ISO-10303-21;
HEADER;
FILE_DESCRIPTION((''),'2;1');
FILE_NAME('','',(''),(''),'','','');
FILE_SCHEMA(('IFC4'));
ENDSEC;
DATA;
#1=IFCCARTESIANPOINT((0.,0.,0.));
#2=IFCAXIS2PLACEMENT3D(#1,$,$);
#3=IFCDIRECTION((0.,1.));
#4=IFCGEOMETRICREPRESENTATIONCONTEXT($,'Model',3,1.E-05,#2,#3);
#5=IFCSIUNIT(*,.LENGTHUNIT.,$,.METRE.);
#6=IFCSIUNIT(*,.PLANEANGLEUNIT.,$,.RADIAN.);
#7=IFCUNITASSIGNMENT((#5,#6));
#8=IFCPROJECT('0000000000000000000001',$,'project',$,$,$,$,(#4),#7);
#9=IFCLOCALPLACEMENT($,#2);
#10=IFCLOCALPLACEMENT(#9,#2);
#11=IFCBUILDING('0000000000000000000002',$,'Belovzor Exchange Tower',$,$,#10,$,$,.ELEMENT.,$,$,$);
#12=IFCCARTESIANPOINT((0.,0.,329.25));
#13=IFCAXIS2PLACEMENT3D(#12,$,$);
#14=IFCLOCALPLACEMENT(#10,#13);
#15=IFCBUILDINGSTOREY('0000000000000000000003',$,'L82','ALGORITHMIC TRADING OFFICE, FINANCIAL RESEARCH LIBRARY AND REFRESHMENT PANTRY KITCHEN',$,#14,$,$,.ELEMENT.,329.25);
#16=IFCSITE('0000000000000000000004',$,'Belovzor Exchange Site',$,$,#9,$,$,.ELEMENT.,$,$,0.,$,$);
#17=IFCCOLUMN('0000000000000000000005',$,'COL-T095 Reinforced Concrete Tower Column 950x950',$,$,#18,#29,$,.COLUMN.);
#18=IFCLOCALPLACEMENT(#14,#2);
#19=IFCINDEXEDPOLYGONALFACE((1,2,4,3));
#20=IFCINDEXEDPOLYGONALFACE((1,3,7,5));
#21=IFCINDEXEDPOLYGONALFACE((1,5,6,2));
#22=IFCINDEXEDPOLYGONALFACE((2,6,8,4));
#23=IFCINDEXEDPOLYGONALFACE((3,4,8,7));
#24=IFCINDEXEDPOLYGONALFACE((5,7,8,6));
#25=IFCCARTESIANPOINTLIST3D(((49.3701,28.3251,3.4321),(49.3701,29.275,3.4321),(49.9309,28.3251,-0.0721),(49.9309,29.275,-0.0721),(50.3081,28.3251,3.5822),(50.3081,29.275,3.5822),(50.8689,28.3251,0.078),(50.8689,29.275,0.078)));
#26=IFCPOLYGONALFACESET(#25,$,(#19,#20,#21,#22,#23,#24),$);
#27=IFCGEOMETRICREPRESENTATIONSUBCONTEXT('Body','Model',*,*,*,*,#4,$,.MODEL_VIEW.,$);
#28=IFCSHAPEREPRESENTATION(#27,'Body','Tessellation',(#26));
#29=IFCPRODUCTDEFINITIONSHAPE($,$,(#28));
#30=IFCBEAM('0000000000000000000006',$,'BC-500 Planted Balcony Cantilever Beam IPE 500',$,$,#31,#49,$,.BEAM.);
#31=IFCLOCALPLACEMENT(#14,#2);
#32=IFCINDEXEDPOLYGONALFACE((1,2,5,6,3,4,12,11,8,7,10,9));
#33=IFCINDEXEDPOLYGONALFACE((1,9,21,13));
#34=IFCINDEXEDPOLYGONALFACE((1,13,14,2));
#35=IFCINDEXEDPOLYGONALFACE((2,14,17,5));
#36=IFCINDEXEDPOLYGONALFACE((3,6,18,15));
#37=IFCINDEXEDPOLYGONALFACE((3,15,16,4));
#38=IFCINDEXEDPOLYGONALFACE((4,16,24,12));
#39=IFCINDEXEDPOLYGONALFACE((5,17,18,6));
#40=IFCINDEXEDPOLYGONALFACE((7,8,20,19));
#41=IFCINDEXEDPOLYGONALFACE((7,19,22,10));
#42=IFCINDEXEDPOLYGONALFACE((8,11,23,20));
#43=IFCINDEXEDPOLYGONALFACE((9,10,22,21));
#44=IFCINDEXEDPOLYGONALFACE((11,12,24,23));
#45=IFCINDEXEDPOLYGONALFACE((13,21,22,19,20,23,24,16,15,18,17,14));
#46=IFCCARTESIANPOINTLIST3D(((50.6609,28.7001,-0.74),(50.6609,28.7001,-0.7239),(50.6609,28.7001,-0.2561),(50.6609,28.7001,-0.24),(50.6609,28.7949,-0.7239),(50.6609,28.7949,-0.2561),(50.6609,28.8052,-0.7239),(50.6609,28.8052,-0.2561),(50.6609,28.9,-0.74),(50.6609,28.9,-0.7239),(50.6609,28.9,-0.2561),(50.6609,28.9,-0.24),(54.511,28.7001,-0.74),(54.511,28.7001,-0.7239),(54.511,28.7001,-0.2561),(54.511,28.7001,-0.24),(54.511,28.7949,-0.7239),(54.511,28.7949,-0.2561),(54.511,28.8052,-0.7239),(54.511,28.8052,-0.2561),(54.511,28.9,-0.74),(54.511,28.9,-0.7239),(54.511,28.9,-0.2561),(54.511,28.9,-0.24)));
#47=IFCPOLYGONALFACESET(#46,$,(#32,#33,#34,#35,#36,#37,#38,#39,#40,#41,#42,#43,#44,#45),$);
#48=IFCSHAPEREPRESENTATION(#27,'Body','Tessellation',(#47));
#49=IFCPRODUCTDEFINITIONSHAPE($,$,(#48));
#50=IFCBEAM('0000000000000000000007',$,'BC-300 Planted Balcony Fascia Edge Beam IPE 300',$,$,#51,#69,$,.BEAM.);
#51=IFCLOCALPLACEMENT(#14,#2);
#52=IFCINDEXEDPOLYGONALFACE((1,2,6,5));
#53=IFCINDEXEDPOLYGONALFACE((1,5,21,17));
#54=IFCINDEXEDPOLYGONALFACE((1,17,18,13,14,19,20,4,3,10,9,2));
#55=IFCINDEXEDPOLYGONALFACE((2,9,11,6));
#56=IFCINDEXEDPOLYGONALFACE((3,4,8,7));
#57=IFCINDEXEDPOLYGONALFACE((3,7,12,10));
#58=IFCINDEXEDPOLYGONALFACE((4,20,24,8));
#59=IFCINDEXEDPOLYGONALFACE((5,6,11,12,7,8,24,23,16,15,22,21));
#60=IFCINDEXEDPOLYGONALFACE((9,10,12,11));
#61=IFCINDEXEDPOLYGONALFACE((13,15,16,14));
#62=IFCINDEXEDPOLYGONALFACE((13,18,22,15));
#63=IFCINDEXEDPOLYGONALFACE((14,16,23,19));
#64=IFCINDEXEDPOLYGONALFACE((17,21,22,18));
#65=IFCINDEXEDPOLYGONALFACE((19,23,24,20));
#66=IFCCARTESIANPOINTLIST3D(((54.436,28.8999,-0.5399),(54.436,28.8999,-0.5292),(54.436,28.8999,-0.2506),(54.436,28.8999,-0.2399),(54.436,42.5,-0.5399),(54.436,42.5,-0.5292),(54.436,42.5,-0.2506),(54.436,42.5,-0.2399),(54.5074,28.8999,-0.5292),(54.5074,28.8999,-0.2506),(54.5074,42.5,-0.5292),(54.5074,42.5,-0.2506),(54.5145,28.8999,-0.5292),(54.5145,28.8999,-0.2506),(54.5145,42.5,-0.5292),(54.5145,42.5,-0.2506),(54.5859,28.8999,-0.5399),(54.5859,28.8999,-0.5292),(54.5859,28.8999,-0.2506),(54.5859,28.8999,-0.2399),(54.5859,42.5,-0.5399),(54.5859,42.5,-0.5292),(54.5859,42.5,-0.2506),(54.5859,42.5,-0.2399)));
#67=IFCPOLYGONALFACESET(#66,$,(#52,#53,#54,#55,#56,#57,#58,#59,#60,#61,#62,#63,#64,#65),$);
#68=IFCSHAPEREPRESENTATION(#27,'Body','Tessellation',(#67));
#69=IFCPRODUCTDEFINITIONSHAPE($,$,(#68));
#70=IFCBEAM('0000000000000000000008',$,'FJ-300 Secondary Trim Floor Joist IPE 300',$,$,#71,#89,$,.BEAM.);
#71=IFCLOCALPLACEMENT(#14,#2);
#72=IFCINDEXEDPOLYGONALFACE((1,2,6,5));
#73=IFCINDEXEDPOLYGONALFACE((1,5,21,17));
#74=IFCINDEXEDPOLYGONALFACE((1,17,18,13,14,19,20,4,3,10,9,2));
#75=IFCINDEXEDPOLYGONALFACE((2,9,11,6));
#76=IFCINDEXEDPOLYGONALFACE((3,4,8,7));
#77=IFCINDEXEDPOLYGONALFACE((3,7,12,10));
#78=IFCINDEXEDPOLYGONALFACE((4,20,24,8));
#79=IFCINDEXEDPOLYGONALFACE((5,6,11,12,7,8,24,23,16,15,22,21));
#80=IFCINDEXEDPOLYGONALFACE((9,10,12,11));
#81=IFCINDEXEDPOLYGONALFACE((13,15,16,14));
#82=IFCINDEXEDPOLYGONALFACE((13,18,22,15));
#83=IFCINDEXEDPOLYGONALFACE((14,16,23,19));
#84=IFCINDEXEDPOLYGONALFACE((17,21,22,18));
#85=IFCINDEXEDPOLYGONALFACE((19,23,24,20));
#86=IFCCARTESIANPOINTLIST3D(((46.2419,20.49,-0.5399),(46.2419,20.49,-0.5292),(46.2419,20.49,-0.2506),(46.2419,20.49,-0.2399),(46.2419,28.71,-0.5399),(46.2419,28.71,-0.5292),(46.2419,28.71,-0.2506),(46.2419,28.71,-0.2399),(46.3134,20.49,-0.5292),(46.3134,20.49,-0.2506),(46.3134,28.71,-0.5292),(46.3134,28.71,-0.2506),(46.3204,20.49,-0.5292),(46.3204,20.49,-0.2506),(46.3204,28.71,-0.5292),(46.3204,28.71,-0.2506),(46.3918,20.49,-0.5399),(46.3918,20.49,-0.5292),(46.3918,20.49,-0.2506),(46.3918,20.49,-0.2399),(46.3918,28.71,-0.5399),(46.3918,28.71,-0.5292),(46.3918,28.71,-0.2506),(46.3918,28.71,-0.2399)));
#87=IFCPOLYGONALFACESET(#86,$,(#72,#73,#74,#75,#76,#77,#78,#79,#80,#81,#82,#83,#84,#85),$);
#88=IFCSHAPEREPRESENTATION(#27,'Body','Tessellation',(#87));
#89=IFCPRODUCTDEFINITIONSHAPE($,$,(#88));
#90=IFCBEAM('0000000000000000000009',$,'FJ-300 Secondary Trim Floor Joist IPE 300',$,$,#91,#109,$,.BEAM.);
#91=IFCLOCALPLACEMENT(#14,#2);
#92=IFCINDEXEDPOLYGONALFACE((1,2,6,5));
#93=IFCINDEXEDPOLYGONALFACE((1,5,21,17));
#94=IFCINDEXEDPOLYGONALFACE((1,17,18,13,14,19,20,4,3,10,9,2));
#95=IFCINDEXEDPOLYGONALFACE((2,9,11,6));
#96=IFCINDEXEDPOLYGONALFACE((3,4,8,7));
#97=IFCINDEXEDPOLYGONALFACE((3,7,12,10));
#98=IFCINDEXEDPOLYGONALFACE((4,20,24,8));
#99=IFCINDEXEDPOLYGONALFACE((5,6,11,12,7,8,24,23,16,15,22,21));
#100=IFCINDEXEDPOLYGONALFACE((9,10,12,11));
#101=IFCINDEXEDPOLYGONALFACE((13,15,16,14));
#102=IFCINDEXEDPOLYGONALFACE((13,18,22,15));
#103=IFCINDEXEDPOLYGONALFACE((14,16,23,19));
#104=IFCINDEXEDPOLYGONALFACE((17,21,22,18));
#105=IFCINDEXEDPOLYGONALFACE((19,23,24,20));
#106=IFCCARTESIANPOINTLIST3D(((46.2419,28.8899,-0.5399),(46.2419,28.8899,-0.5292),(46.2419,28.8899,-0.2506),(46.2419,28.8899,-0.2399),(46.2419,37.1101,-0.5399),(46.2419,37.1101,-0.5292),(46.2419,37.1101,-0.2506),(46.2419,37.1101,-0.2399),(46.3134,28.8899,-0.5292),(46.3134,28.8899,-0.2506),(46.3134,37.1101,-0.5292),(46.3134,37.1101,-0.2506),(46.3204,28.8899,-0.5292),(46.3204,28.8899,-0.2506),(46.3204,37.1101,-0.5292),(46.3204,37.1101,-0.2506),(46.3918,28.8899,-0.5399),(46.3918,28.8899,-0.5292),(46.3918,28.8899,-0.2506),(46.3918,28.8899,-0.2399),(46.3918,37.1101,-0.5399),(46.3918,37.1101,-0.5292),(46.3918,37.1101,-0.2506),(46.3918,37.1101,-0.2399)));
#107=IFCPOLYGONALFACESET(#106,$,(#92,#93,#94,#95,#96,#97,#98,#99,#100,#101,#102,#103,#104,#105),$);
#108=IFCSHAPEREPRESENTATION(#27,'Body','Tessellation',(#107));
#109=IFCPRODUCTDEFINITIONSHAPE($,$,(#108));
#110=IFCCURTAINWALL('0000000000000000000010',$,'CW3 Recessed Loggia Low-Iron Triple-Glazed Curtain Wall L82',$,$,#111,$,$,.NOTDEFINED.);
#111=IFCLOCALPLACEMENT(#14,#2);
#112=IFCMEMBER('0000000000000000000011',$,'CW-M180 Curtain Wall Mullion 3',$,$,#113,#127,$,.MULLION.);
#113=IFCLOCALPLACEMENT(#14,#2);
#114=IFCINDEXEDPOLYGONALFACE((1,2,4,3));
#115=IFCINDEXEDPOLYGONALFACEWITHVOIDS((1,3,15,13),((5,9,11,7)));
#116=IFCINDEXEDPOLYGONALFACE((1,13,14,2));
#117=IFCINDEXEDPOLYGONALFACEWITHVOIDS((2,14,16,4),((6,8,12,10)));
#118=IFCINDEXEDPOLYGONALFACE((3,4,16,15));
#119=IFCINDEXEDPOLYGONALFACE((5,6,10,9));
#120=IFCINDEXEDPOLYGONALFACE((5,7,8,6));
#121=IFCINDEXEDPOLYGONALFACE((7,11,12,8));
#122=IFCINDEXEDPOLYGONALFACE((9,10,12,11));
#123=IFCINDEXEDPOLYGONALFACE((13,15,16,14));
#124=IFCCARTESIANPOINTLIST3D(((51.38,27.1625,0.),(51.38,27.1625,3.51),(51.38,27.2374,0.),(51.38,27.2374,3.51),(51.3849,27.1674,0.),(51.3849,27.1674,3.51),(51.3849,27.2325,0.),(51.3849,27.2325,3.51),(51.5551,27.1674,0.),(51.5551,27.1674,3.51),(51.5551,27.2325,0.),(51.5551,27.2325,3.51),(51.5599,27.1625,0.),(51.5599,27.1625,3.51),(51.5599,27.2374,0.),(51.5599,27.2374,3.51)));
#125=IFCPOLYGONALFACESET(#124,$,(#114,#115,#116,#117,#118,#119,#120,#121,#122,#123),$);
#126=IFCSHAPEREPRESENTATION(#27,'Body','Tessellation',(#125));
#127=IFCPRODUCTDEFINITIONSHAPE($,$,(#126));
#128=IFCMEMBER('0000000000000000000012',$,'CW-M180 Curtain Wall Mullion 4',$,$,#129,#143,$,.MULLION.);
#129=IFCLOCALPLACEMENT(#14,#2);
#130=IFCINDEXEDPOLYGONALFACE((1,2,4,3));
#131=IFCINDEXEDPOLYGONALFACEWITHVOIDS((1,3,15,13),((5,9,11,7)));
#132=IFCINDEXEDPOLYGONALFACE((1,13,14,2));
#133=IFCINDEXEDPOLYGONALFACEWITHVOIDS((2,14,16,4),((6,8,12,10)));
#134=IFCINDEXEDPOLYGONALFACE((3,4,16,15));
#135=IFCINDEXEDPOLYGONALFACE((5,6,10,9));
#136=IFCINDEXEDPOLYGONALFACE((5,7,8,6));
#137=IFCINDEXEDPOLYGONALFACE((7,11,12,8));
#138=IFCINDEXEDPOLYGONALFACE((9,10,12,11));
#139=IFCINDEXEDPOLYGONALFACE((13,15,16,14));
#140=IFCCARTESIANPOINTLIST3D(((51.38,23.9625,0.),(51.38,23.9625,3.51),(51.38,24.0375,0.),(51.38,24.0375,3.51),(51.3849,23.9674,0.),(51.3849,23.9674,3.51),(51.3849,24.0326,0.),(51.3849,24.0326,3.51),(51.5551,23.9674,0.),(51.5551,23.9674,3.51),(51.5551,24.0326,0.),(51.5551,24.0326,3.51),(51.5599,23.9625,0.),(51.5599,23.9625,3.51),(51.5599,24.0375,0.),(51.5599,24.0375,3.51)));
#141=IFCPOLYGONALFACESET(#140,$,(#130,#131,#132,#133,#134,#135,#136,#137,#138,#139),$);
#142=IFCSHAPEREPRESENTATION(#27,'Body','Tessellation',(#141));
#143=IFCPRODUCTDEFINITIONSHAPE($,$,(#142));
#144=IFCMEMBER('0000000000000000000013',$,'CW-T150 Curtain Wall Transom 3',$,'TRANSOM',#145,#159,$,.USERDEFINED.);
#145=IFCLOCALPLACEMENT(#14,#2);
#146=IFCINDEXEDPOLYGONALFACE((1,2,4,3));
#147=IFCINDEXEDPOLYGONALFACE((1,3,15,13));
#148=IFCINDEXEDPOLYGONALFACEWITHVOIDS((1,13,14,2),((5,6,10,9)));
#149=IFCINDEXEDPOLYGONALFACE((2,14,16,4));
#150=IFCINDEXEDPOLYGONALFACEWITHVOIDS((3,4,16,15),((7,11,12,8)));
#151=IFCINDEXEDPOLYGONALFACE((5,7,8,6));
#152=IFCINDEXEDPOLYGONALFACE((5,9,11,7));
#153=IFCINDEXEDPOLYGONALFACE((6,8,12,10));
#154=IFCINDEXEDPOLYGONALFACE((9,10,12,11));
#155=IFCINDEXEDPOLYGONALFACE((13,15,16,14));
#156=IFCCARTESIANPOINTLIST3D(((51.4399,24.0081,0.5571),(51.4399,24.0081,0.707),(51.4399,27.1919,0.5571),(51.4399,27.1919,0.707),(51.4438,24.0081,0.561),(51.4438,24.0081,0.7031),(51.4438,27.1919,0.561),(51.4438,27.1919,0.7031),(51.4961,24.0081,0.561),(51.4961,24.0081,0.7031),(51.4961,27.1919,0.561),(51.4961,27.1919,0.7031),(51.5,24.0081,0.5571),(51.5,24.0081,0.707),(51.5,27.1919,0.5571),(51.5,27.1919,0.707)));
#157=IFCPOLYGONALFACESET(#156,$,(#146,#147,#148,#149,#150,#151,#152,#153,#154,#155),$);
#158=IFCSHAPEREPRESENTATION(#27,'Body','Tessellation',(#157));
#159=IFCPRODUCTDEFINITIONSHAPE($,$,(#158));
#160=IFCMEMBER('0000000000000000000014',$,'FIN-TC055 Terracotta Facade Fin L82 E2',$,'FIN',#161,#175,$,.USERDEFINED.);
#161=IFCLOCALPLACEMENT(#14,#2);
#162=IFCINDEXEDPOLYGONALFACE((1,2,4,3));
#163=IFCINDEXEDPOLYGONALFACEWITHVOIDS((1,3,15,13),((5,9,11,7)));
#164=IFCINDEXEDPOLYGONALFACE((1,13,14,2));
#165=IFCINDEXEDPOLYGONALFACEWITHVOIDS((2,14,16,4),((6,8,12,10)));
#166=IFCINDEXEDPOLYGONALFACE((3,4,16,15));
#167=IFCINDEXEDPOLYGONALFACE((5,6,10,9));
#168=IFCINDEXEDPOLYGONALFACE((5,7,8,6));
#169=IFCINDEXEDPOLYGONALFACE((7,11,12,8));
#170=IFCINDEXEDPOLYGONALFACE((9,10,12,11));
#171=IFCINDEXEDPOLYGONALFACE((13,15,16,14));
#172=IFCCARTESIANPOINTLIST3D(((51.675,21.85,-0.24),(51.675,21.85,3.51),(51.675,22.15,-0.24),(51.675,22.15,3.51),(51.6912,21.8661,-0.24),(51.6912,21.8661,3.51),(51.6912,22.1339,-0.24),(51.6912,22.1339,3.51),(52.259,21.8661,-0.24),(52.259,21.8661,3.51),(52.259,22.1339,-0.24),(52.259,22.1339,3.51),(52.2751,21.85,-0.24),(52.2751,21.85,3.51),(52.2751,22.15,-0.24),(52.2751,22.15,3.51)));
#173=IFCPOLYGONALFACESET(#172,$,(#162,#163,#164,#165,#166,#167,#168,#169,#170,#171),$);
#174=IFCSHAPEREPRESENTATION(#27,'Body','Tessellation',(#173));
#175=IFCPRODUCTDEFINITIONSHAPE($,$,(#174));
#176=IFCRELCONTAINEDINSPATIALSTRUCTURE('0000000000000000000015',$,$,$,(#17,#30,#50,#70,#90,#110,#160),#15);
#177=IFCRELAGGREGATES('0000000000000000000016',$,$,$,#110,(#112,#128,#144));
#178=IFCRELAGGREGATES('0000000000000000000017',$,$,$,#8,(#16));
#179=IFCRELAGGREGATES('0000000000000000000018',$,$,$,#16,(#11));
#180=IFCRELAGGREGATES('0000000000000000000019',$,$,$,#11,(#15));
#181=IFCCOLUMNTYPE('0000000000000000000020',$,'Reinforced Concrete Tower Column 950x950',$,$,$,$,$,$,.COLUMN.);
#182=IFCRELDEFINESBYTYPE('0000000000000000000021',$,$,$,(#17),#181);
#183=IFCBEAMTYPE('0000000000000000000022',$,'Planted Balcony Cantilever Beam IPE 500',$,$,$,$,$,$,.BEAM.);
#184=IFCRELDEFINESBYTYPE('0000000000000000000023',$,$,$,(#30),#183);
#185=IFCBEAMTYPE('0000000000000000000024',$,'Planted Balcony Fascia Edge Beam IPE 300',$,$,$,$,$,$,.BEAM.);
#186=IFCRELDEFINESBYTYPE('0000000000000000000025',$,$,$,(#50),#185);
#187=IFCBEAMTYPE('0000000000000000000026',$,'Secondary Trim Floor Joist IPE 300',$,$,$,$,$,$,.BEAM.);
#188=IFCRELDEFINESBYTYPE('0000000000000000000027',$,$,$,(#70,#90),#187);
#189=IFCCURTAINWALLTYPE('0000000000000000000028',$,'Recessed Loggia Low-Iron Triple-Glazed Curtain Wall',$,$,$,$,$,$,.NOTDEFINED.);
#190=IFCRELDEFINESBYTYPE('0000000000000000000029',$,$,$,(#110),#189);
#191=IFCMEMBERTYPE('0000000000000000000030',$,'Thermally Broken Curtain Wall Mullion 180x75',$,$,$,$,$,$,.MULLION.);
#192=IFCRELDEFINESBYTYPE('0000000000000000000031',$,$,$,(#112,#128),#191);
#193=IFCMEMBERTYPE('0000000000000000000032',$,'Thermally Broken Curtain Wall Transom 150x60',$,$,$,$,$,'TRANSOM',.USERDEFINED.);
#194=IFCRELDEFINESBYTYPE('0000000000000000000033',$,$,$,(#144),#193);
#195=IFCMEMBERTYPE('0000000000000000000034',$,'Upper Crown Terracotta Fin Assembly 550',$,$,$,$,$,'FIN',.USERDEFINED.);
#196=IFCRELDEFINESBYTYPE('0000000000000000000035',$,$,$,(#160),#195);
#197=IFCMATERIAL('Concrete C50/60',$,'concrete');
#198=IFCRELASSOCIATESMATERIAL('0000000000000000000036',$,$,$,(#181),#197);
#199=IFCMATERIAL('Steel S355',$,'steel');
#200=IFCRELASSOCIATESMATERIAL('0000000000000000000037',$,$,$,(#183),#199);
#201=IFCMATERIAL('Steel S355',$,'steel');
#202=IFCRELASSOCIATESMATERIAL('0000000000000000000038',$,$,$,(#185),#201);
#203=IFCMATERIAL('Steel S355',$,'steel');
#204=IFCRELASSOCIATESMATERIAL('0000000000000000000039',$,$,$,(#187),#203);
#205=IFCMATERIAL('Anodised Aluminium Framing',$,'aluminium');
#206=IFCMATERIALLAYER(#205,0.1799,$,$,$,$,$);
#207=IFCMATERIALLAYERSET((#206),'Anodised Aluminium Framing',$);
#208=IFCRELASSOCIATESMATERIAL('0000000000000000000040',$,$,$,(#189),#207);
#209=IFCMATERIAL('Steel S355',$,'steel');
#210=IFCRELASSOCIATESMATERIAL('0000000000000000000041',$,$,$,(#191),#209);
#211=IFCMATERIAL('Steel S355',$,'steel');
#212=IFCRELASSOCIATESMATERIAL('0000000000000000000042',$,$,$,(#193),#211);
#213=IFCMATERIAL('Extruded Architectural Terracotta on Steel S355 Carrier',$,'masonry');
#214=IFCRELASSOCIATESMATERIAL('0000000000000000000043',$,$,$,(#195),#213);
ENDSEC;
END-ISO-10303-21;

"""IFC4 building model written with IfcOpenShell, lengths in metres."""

from ifc_helpers import new_model, si_unit, direction, frame, origin, origin_2d, place, context, subcontext, project, spatial, rectangle, hollow_rectangle, i_section, extrude, material, layer, layer_set, material_profile, profile_set, type_object, element, aggregate, save


model = new_model("IFC4")

# Units and contexts
model_context = context("Model", 3, precision=1e-05, world=origin(), true_north=direction((0.0, 1.0)))
body_context = subcontext(model_context, "Body", "Model", "MODEL_VIEW")
ifc_project = project(units=[si_unit("LENGTHUNIT", "METRE"), si_unit("PLANEANGLEUNIT", "RADIAN")], contexts=[model_context])

# Site, building, storey
site_placement = place(None, origin())
site = spatial("IfcSite", under=ifc_project, at=site_placement, Name="Belovzor Exchange Site", CompositionType="ELEMENT", RefElevation=0.0)
building_placement = place(site_placement, origin())
building = spatial("IfcBuilding", under=site, at=building_placement, Name="Belovzor Exchange Tower", CompositionType="ELEMENT")
storey_placement = place(building_placement, frame((0.0, 0.0, 329.25)))
storey = spatial("IfcBuildingStorey", under=building, at=storey_placement, Name="L82", Description="ALGORITHMIC TRADING OFFICE, FINANCIAL RESEARCH LIBRARY AND REFRESHMENT PANTRY KITCHEN", CompositionType="ELEMENT", Elevation=329.25)

# Column
ifc_material_1 = material(Name="Concrete C50/60", Category="concrete")
ifc_material_profile_1 = material_profile(ifc_material_1, rectangle(XDim=0.95, YDim=0.95, at=origin_2d()))
ifc_profile_set_1 = profile_set([ifc_material_profile_1], Name="Concrete C50/60")
column_type = type_object("IfcColumnType", Name="Reinforced Concrete Tower Column 950x950", PredefinedType="COLUMN", material=ifc_profile_set_1)
column_placement = place(storey_placement, frame((50.3999, 28.8, 0.0029), z_axis=(-0.158025, 0.0, 0.987435), x_axis=(0.0, -1.0, 0.0)))
element("IfcColumn", 1, at=column_placement, inside=storey, type_object=column_type, Name="COL-T095 Reinforced Concrete Tower Column 950x950", PredefinedType="COLUMN", context=body_context, shape_type="SweptSolid", body=[
    extrude(rectangle(XDim=0.95, YDim=0.95, at=origin_2d()), origin(), (0.0, 0.0, 1.0), 3.5488),
])

# Beams
ifc_material_2 = material(Name="Steel S355", Category="steel")
ifc_material_profile_2 = material_profile(ifc_material_2, i_section(OverallWidth=0.2, OverallDepth=0.5, WebThickness=0.0103, FlangeThickness=0.0161, at=origin_2d()))
ifc_profile_set_2 = profile_set([ifc_material_profile_2], Name="Steel S355")
beam_type_1 = type_object("IfcBeamType", Name="Planted Balcony Cantilever Beam IPE 500", PredefinedType="BEAM", material=ifc_profile_set_2)
beam_1_placement = place(storey_placement, frame((50.6609, 28.8, -0.49), z_axis=(1.0, 0.0, 0.0), x_axis=(0.0, 1.0, 0.0)))
element("IfcBeam", 2, at=beam_1_placement, inside=storey, type_object=beam_type_1, Name="BC-500 Planted Balcony Cantilever Beam IPE 500", PredefinedType="BEAM", context=body_context, shape_type="SweptSolid", body=[
    extrude(i_section(OverallWidth=0.2, OverallDepth=0.5, WebThickness=0.0103, FlangeThickness=0.0161, at=origin_2d()), origin(), (0.0, 0.0, 1.0), 3.8501),
])
ifc_material_3 = material(Name="Steel S355", Category="steel")
ifc_material_profile_3 = material_profile(ifc_material_3, i_section(OverallWidth=0.1499, OverallDepth=0.3, WebThickness=0.0071, FlangeThickness=0.0107, at=origin_2d()))
ifc_profile_set_3 = profile_set([ifc_material_profile_3], Name="Steel S355")
beam_type_2 = type_object("IfcBeamType", Name="Planted Balcony Fascia Edge Beam IPE 300", PredefinedType="BEAM", material=ifc_profile_set_3)
beam_2_placement = place(storey_placement, frame((54.511, 28.8999, -0.3899), z_axis=(0.0, 1.0, 0.0), x_axis=(-1.0, 0.0, 0.0)))
element("IfcBeam", 3, at=beam_2_placement, inside=storey, type_object=beam_type_2, Name="BC-300 Planted Balcony Fascia Edge Beam IPE 300", PredefinedType="BEAM", context=body_context, shape_type="SweptSolid", body=[
    extrude(i_section(OverallWidth=0.1499, OverallDepth=0.3, WebThickness=0.0071, FlangeThickness=0.0107, at=origin_2d()), origin(), (0.0, 0.0, 1.0), 13.6001),
])
ifc_material_4 = material(Name="Steel S355", Category="steel")
ifc_material_profile_4 = material_profile(ifc_material_4, i_section(OverallWidth=0.1499, OverallDepth=0.3, WebThickness=0.0071, FlangeThickness=0.0107, at=origin_2d()))
ifc_profile_set_4 = profile_set([ifc_material_profile_4], Name="Steel S355")
beam_type_3 = type_object("IfcBeamType", Name="Secondary Trim Floor Joist IPE 300", PredefinedType="BEAM", material=ifc_profile_set_4)
beam_3_placement = place(storey_placement, frame((46.3169, 20.49, -0.3899), z_axis=(0.0, 1.0, 0.0), x_axis=(-1.0, 0.0, 0.0)))
element("IfcBeam", 4, at=beam_3_placement, inside=storey, type_object=beam_type_3, Name="FJ-300 Secondary Trim Floor Joist IPE 300", PredefinedType="BEAM", context=body_context, shape_type="SweptSolid", body=[
    extrude(i_section(OverallWidth=0.1499, OverallDepth=0.3, WebThickness=0.0071, FlangeThickness=0.0107, at=origin_2d()), origin(), (0.0, 0.0, 1.0), 8.22),
])
beam_4_placement = place(storey_placement, frame((46.3169, 28.8899, -0.3899), z_axis=(0.0, 1.0, 0.0), x_axis=(-1.0, 0.0, 0.0)))
element("IfcBeam", 5, at=beam_4_placement, inside=storey, type_object=beam_type_3, Name="FJ-300 Secondary Trim Floor Joist IPE 300", PredefinedType="BEAM", context=body_context, shape_type="SweptSolid", body=[
    extrude(i_section(OverallWidth=0.1499, OverallDepth=0.3, WebThickness=0.0071, FlangeThickness=0.0107, at=origin_2d()), origin(), (0.0, 0.0, 1.0), 8.2202),
])

# Curtain wall, members
ifc_material_5 = material(Name="Anodised Aluminium Framing", Category="aluminium")
ifc_layer_1 = layer(ifc_material_5, 0.1799)
ifc_layer_set_1 = layer_set([ifc_layer_1], Name="Anodised Aluminium Framing")
curtain_wall_type = type_object("IfcCurtainWallType", Name="Recessed Loggia Low-Iron Triple-Glazed Curtain Wall", PredefinedType="NOTDEFINED", material=ifc_layer_set_1)
curtain_wall_placement = place(storey_placement, origin())
curtain_wall = element("IfcCurtainWall", 6, at=curtain_wall_placement, inside=storey, type_object=curtain_wall_type, Name="CW3 Recessed Loggia Low-Iron Triple-Glazed Curtain Wall L82", PredefinedType="NOTDEFINED")
ifc_material_6 = material(Name="Steel S355", Category="steel")
ifc_material_profile_5 = material_profile(ifc_material_6, hollow_rectangle(XDim=0.075, YDim=0.1799, WallThickness=0.0049, at=origin_2d()))
ifc_profile_set_5 = profile_set([ifc_material_profile_5], Name="Steel S355")
member_type_1 = type_object("IfcMemberType", Name="Thermally Broken Curtain Wall Mullion 180x75", PredefinedType="MULLION", material=ifc_profile_set_5)
member_1_placement = place(storey_placement, frame((51.47, 27.2, 0.0), z_axis=(0.0, 0.0, 1.0), x_axis=(0.0, -1.0, 0.0)))
member_1 = element("IfcMember", 7, at=member_1_placement, type_object=member_type_1, Name="CW-M180 Curtain Wall Mullion 3", PredefinedType="MULLION", context=body_context, shape_type="SweptSolid", body=[
    extrude(hollow_rectangle(XDim=0.075, YDim=0.1799, WallThickness=0.0049, at=origin_2d()), origin(), (0.0, 0.0, 1.0), 3.51),
])
member_2_placement = place(storey_placement, frame((51.47, 24.0, 0.0), z_axis=(0.0, 0.0, 1.0), x_axis=(0.0, -1.0, 0.0)))
member_2 = element("IfcMember", 8, at=member_2_placement, type_object=member_type_1, Name="CW-M180 Curtain Wall Mullion 4", PredefinedType="MULLION", context=body_context, shape_type="SweptSolid", body=[
    extrude(hollow_rectangle(XDim=0.075, YDim=0.1799, WallThickness=0.0049, at=origin_2d()), origin(), (0.0, 0.0, 1.0), 3.51),
])
ifc_material_7 = material(Name="Steel S355", Category="steel")
ifc_material_profile_6 = material_profile(ifc_material_7, hollow_rectangle(XDim=0.0601, YDim=0.1499, WallThickness=0.0039, at=origin_2d()))
ifc_profile_set_6 = profile_set([ifc_material_profile_6], Name="Steel S355")
member_type_2 = type_object("IfcMemberType", Name="Thermally Broken Curtain Wall Transom 150x60", ElementType="TRANSOM", PredefinedType="USERDEFINED", material=ifc_profile_set_6)
member_3_placement = place(storey_placement, frame((51.47, 27.1919, 0.6321), z_axis=(0.0, -1.0, 0.0), x_axis=(1.0, 0.0, 0.0)))
member_3 = element("IfcMember", 9, at=member_3_placement, type_object=member_type_2, Name="CW-T150 Curtain Wall Transom 3", ObjectType="TRANSOM", PredefinedType="USERDEFINED", context=body_context, shape_type="SweptSolid", body=[
    extrude(hollow_rectangle(XDim=0.0601, YDim=0.1499, WallThickness=0.0039, at=origin_2d()), origin(), (0.0, 0.0, 1.0), 3.1838),
])

# Member
ifc_material_8 = material(Name="Extruded Architectural Terracotta on Steel S355 Carrier", Category="masonry")
ifc_material_profile_7 = material_profile(ifc_material_8, hollow_rectangle(XDim=0.3, YDim=0.6001, WallThickness=0.0161, at=origin_2d()))
ifc_profile_set_7 = profile_set([ifc_material_profile_7], Name="Extruded Architectural Terracotta on Steel S355 Carrier")
member_type_3 = type_object("IfcMemberType", Name="Upper Crown Terracotta Fin Assembly 550", ElementType="FIN", PredefinedType="USERDEFINED", material=ifc_profile_set_7)
member_4_placement = place(storey_placement, frame((51.9751, 22.0, -0.24), z_axis=(0.0, 0.0, 1.0), x_axis=(0.0, 1.0, 0.0)))
element("IfcMember", 10, at=member_4_placement, inside=storey, type_object=member_type_3, Name="FIN-TC055 Terracotta Facade Fin L82 E2", ObjectType="FIN", PredefinedType="USERDEFINED", context=body_context, shape_type="SweptSolid", body=[
    extrude(hollow_rectangle(XDim=0.3, YDim=0.6001, WallThickness=0.0161, at=origin_2d()), origin(), (0.0, 0.0, 1.0), 3.75),
])

aggregate(curtain_wall, [member_1, member_2, member_3])

save(model, "model.ifc")
